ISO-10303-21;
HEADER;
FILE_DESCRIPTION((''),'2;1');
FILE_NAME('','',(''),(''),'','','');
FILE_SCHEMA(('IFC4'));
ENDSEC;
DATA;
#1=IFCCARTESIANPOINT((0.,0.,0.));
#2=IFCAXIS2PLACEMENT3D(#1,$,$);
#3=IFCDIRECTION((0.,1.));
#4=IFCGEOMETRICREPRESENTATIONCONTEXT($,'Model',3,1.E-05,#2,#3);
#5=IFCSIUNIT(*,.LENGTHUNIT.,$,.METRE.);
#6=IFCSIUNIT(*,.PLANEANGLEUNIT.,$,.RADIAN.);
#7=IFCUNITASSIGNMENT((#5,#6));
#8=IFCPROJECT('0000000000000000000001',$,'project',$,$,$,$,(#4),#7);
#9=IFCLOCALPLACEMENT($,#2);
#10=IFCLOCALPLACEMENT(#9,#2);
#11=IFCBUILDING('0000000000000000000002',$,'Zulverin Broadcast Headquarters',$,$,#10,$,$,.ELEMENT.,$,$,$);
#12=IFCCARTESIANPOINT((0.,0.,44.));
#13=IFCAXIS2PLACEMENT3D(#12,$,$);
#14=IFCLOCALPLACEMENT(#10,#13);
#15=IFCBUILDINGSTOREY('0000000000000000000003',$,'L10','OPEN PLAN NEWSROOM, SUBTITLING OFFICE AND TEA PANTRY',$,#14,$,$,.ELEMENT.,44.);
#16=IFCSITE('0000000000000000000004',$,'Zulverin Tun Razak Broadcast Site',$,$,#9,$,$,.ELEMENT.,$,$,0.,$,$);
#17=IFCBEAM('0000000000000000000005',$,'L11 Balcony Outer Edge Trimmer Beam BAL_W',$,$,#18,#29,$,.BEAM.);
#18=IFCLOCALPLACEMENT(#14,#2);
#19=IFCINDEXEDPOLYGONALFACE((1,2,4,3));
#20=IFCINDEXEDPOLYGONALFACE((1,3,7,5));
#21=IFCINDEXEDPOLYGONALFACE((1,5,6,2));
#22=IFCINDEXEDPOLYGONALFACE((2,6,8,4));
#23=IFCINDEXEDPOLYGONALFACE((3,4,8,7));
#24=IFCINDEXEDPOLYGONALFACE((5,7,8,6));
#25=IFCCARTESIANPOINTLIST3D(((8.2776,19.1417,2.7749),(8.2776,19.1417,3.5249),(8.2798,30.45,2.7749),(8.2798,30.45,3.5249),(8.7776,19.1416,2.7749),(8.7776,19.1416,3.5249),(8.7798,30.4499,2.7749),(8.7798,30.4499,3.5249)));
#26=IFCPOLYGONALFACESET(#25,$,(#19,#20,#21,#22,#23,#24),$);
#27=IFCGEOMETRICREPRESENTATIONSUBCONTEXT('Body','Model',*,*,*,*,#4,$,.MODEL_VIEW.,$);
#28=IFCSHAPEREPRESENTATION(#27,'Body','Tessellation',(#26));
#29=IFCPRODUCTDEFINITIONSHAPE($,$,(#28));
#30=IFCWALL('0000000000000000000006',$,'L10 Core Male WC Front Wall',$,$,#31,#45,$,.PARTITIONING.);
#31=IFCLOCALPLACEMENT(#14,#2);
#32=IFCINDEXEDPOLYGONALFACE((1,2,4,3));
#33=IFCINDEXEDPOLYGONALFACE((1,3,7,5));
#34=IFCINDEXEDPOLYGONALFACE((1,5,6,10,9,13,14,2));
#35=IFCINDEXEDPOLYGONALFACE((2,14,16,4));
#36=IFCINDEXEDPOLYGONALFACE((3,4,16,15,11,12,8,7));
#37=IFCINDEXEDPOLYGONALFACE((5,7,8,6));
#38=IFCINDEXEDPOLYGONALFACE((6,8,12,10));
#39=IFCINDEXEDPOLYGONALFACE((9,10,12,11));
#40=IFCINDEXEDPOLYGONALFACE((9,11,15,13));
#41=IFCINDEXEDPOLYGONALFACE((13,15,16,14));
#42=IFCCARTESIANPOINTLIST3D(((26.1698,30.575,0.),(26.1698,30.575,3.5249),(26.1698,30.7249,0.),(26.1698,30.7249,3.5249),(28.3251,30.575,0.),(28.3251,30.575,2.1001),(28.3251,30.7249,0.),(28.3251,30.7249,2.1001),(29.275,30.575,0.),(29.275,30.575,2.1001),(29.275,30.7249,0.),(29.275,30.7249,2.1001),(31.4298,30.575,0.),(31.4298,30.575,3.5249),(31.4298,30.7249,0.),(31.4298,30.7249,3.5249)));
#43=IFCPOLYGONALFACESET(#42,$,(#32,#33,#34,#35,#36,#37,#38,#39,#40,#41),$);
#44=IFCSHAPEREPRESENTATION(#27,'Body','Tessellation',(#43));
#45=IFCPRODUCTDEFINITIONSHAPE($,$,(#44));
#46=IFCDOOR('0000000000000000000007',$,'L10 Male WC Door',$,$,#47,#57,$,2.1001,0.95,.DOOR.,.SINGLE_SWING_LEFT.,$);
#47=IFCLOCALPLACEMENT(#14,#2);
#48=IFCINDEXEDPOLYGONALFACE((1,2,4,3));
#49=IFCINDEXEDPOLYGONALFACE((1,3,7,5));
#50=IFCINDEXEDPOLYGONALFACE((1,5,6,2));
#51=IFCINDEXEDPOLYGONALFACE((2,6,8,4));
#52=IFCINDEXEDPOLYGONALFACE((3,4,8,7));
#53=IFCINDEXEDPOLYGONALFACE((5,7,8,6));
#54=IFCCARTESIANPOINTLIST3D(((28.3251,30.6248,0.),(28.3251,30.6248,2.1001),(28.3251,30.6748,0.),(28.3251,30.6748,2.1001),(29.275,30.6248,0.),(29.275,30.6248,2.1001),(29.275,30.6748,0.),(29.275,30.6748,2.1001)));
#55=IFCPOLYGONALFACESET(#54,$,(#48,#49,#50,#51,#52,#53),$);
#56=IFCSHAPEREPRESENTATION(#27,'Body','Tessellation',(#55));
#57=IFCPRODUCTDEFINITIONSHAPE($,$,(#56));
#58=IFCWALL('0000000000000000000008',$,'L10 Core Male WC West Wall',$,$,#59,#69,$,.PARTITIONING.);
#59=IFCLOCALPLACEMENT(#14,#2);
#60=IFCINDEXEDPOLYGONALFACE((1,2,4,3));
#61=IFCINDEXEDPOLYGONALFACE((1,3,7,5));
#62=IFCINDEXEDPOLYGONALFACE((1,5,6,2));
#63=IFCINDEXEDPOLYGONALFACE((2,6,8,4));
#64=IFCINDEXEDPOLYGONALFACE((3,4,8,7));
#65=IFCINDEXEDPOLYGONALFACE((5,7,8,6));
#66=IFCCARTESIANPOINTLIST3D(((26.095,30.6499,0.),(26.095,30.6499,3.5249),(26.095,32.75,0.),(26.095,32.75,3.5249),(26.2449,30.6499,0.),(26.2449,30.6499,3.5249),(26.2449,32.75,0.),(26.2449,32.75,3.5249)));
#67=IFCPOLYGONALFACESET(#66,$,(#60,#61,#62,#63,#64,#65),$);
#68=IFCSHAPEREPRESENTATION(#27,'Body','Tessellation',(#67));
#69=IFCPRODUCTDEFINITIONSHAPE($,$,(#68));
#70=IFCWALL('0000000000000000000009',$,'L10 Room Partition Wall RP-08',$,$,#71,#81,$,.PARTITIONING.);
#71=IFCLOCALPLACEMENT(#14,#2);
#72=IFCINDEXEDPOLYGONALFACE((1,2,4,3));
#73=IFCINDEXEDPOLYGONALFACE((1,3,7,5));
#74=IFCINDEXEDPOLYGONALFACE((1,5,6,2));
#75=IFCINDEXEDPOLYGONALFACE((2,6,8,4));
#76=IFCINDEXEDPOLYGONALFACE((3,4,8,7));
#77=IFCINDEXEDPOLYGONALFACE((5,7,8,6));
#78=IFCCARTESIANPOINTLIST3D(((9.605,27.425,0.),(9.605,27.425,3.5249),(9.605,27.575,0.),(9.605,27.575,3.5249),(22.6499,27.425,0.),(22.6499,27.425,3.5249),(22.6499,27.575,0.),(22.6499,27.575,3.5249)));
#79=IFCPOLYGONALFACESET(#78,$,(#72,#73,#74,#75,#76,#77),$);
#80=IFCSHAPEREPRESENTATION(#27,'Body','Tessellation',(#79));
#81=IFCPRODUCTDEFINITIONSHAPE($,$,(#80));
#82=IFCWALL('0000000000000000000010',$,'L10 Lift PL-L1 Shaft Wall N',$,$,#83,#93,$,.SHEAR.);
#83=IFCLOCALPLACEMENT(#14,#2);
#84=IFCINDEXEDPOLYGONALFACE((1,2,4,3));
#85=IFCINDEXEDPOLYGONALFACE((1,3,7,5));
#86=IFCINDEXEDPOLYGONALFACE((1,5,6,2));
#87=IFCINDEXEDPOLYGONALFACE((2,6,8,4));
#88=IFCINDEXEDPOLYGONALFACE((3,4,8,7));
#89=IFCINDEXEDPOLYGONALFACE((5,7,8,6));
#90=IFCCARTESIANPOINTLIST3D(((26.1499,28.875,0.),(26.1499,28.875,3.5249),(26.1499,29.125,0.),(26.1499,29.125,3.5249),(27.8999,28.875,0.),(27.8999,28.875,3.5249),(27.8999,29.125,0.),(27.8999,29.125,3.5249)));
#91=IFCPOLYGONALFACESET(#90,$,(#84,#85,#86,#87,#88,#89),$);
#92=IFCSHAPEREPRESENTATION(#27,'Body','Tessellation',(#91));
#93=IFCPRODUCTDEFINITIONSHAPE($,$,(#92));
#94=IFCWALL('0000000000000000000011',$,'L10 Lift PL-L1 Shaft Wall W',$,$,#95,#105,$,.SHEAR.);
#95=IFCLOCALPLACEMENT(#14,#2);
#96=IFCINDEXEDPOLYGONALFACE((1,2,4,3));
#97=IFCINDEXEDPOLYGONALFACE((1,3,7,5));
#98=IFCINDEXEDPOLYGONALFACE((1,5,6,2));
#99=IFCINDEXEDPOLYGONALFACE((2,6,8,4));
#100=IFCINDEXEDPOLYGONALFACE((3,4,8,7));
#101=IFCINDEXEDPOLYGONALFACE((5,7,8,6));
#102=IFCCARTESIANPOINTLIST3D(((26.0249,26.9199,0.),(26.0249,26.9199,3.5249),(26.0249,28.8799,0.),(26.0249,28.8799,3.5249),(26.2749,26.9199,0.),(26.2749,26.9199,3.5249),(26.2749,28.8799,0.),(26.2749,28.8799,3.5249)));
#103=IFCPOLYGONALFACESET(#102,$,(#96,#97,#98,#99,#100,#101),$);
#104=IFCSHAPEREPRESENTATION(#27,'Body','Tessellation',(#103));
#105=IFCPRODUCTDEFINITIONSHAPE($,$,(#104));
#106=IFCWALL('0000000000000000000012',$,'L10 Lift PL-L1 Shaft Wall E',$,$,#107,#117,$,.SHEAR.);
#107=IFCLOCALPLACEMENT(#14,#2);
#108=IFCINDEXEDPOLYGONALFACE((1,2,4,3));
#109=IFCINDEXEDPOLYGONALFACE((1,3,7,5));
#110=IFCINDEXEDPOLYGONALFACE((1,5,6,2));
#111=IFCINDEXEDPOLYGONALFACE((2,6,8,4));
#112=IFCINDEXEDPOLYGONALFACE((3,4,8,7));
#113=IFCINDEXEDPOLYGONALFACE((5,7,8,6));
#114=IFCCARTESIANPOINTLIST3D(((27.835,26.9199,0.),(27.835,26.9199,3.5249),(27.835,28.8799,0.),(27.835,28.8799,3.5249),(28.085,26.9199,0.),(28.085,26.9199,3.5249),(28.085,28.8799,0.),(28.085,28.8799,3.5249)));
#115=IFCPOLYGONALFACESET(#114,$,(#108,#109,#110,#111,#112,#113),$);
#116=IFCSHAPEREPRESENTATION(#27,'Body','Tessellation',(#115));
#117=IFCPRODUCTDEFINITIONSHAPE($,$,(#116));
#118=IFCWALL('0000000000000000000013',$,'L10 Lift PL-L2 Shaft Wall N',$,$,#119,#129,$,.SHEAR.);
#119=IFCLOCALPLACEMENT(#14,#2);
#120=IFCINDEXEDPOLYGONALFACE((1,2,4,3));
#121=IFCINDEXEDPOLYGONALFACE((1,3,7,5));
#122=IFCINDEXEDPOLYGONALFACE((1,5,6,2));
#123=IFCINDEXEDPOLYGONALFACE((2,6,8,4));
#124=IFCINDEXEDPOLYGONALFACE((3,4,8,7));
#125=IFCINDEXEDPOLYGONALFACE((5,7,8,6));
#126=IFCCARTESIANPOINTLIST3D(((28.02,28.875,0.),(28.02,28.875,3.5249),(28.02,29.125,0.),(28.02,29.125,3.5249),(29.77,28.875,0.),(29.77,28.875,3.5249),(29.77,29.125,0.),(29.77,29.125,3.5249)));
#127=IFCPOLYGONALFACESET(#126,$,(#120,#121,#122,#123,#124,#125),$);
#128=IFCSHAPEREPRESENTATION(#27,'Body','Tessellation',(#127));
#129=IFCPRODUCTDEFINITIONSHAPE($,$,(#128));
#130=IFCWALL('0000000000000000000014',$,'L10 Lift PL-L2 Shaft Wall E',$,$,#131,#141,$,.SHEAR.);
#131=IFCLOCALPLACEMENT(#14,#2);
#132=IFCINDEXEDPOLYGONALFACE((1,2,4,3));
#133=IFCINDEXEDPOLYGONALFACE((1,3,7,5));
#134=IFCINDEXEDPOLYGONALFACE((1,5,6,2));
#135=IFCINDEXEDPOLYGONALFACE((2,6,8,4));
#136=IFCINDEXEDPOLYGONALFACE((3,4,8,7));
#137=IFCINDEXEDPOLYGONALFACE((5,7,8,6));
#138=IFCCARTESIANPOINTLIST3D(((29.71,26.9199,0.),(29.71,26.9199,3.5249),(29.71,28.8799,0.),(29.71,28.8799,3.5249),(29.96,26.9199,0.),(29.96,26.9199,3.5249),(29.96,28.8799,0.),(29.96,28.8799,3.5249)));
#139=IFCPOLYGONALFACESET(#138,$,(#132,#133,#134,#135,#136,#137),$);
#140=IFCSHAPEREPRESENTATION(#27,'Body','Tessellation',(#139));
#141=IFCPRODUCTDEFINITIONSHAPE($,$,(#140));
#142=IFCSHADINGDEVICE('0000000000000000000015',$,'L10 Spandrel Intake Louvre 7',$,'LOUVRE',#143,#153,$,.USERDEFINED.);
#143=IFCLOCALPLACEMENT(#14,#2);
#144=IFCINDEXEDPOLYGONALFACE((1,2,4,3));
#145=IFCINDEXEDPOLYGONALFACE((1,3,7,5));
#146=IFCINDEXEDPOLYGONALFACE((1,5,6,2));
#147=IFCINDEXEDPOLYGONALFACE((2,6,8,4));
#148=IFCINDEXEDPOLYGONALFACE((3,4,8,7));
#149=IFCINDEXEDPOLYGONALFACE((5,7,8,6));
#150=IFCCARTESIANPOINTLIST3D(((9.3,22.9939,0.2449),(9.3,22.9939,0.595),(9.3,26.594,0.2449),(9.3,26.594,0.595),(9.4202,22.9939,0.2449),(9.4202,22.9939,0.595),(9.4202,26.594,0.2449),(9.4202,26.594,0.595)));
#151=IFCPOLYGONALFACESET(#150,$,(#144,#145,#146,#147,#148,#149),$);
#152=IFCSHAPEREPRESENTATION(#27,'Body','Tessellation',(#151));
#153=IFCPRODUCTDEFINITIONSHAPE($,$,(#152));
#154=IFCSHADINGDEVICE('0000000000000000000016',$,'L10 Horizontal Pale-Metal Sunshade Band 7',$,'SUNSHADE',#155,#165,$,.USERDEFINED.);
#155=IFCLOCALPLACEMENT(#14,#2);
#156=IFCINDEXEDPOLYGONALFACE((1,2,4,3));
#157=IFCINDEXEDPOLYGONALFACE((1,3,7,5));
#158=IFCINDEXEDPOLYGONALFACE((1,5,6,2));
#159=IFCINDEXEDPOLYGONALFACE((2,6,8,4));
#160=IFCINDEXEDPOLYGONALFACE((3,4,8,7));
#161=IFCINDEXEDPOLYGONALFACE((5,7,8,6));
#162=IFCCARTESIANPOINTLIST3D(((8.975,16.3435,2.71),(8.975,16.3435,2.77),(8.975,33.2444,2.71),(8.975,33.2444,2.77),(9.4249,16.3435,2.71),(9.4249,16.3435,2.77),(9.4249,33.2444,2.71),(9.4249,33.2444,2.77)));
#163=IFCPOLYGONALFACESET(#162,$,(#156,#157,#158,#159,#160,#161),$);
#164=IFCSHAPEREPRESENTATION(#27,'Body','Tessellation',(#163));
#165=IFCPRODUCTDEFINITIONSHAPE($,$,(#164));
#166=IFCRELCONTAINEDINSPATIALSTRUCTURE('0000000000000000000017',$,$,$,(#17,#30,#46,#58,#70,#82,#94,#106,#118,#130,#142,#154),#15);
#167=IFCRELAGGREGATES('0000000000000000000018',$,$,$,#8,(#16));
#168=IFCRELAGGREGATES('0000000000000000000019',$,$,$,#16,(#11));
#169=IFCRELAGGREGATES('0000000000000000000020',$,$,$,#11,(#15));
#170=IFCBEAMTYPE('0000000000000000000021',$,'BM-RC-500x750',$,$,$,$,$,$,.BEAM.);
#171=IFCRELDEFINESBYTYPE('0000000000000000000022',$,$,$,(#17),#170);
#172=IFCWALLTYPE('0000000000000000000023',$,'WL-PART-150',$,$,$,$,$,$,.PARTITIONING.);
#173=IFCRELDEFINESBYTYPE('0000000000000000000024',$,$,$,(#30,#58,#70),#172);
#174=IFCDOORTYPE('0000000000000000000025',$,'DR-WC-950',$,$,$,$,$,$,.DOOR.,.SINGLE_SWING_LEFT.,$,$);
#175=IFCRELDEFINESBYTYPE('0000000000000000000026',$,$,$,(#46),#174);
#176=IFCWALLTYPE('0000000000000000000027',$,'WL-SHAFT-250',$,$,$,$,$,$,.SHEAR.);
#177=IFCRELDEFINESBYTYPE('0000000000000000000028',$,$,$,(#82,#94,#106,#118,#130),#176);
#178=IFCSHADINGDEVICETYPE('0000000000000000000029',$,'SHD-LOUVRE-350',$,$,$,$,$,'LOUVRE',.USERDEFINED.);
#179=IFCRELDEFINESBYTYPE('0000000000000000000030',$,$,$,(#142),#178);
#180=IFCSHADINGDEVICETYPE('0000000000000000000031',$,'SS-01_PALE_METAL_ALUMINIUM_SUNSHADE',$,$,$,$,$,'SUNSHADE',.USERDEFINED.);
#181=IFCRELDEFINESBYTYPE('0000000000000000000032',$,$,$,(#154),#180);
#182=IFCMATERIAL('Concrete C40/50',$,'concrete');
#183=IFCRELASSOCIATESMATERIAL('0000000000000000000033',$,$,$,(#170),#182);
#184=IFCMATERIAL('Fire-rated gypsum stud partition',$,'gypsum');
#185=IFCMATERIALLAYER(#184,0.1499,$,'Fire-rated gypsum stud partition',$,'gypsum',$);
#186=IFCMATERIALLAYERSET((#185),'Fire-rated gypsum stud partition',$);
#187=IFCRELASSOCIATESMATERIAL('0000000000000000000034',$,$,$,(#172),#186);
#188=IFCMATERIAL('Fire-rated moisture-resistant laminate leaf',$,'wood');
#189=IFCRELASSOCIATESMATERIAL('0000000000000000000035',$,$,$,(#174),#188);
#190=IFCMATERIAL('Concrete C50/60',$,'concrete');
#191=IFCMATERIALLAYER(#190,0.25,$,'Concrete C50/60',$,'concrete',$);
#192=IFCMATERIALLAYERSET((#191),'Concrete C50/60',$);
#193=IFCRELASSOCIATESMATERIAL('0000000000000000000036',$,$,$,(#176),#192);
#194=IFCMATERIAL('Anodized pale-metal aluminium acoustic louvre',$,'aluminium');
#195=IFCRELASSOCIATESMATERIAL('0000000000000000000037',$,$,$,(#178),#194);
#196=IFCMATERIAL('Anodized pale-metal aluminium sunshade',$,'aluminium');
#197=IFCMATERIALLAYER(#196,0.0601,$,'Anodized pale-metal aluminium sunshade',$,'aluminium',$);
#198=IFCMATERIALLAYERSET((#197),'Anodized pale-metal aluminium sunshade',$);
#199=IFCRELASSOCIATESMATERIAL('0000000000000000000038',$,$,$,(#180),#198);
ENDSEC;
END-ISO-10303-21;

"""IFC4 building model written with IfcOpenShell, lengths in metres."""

from ifc_helpers import new_model, si_unit, direction, frame, frame_2d, origin, origin_2d, place, context, subcontext, project, spatial, rectangle, extrude, material, layer, layer_set, material_profile, profile_set, type_object, element, fill, save


model = new_model("IFC4")

# Units and contexts
model_context = context("Model", 3, precision=1e-05, world=origin(), true_north=direction((0.0, 1.0)))
body_context = subcontext(model_context, "Body", "Model", "MODEL_VIEW")
ifc_project = project(units=[si_unit("LENGTHUNIT", "METRE"), si_unit("PLANEANGLEUNIT", "RADIAN")], contexts=[model_context])

# Site, building, storey
site_placement = place(None, origin())
site = spatial("IfcSite", under=ifc_project, at=site_placement, Name="Zulverin Tun Razak Broadcast Site", CompositionType="ELEMENT", RefElevation=0.0)
building_placement = place(site_placement, origin())
building = spatial("IfcBuilding", under=site, at=building_placement, Name="Zulverin Broadcast Headquarters", CompositionType="ELEMENT")
storey_placement = place(building_placement, frame((0.0, 0.0, 44.0)))
storey = spatial("IfcBuildingStorey", under=building, at=storey_placement, Name="L10", Description="OPEN PLAN NEWSROOM, SUBTITLING OFFICE AND TEA PANTRY", CompositionType="ELEMENT", Elevation=44.0)

# Beam
ifc_material_1 = material(Name="Concrete C40/50", Category="concrete")
ifc_material_profile = material_profile(ifc_material_1, rectangle(XDim=0.5, YDim=0.75, at=origin_2d()), Name="Concrete C40/50", Category="concrete")
ifc_profile_set = profile_set([ifc_material_profile], Name="Concrete C40/50")
beam_type = type_object("IfcBeamType", Name="BM-RC-500x750", PredefinedType="BEAM", material=ifc_profile_set)
beam_placement = place(storey_placement, frame((8.5298, 30.45, 3.1499), z_axis=(-0.000194, -1.0, 0.0), x_axis=(1.0, -0.000194, 0.0)))
element("IfcBeam", 1, at=beam_placement, inside=storey, type_object=beam_type, Name="L11 Balcony Outer Edge Trimmer Beam BAL_W", PredefinedType="BEAM", context=body_context, shape_type="SweptSolid", body=[
    extrude(rectangle(XDim=0.5, YDim=0.75, at=origin_2d()), origin(), (0.0, 0.0, 1.0), 11.3083),
])

# Wall, opening, door
ifc_material_2 = material(Name="Fire-rated gypsum stud partition", Category="gypsum")
ifc_layer_1 = layer(ifc_material_2, 0.1499, Name="Fire-rated gypsum stud partition", Category="gypsum")
ifc_layer_set_1 = layer_set([ifc_layer_1], Name="Fire-rated gypsum stud partition")
wall_type_1 = type_object("IfcWallType", Name="WL-PART-150", PredefinedType="PARTITIONING", material=ifc_layer_set_1)
wall_1_placement = place(storey_placement, frame((26.1699, 30.6499, 0.0), z_axis=(0.0, 0.0, 1.0), x_axis=(1.0, 0.0, 0.0)))
wall_1 = element("IfcWall", 2, at=wall_1_placement, inside=storey, type_object=wall_type_1, Name="L10 Core Male WC Front Wall", PredefinedType="PARTITIONING", context=body_context, shape_type="SweptSolid", body=[
    extrude(rectangle(XDim=5.26, YDim=0.1499, at=frame_2d((2.6299, 0.0))), origin(), (0.0, 0.0, 1.0), 3.5249),
])
opening_1_placement = place(wall_1_placement, frame((2.155, 0.0, 0.0)))
opening_1 = element("IfcOpeningElement", 3, at=opening_1_placement, cuts=wall_1, PredefinedType="OPENING", context=body_context, shape_type="SweptSolid", body=[
    extrude(rectangle(XDim=0.95, YDim=2.1001, at=frame_2d((0.4751, 1.05))), frame((0.0, 0.085, 0.0), z_axis=(0.0, -1.0, 0.0), x_axis=(1.0, 0.0, 0.0)), (0.0, 0.0, 1.0), 0.1699),
])
ifc_material_3 = material(Name="Fire-rated moisture-resistant laminate leaf", Category="wood")
door_type_1 = type_object("IfcDoorType", Name="DR-WC-950", OperationType="SINGLE_SWING_LEFT", PredefinedType="DOOR", material=ifc_material_3)
door_1_placement = place(opening_1_placement, origin())
door_1 = element("IfcDoor", 4, at=door_1_placement, inside=storey, type_object=door_type_1, Name="L10 Male WC Door", OperationType="SINGLE_SWING_LEFT", OverallHeight=2.1001, OverallWidth=0.95, PredefinedType="DOOR", context=body_context, shape_type="SweptSolid", body=[
    extrude(rectangle(XDim=0.95, YDim=2.1001, at=frame_2d((0.4751, 1.05))), frame((0.0, 0.0249, 0.0), z_axis=(0.0, -1.0, 0.0), x_axis=(1.0, 0.0, 0.0)), (0.0, 0.0, 1.0), 0.05),
])
fill(opening_1, door_1)

# Walls
wall_2_placement = place(storey_placement, frame((26.1699, 30.6499, 0.0), z_axis=(0.0, 0.0, 1.0), x_axis=(0.0, 1.0, 0.0)))
element("IfcWall", 5, at=wall_2_placement, inside=storey, type_object=wall_type_1, Name="L10 Core Male WC West Wall", PredefinedType="PARTITIONING", context=body_context, shape_type="SweptSolid", body=[
    extrude(rectangle(XDim=2.1001, YDim=0.1499, at=frame_2d((1.05, 0.0))), origin(), (0.0, 0.0, 1.0), 3.5249),
])
wall_3_placement = place(storey_placement, frame((9.605, 27.5, 0.0), z_axis=(0.0, 0.0, 1.0), x_axis=(1.0, 0.0, 0.0)))
element("IfcWall", 6, at=wall_3_placement, inside=storey, type_object=wall_type_1, Name="L10 Room Partition Wall RP-08", PredefinedType="PARTITIONING", context=body_context, shape_type="SweptSolid", body=[
    extrude(rectangle(XDim=13.0449, YDim=0.1499, at=frame_2d((6.5225, 0.0))), origin(), (0.0, 0.0, 1.0), 3.5249),
])

# Shared definitions
ifc_material_4 = material(Name="Concrete C50/60", Category="concrete")
ifc_layer_2 = layer(ifc_material_4, 0.25, Name="Concrete C50/60", Category="concrete")
ifc_layer_set_2 = layer_set([ifc_layer_2], Name="Concrete C50/60")
wall_type_2 = type_object("IfcWallType", Name="WL-SHAFT-250", PredefinedType="SHEAR", material=ifc_layer_set_2)

# Walls
wall_4_placement = place(storey_placement, frame((26.1499, 29.0, 0.0), z_axis=(0.0, 0.0, 1.0), x_axis=(1.0, 0.0, 0.0)))
element("IfcWall", 7, at=wall_4_placement, inside=storey, type_object=wall_type_2, Name="L10 Lift PL-L1 Shaft Wall N", PredefinedType="SHEAR", context=body_context, shape_type="SweptSolid", body=[
    extrude(rectangle(XDim=1.75, YDim=0.25, at=frame_2d((0.875, 0.0))), origin(), (0.0, 0.0, 1.0), 3.5249),
])
for number, where, z_axis, x_axis, name in (
    (8, (26.1499, 26.9199, 0.0), (0.0, 0.0, 1.0), (0.0, 1.0, 0.0), "L10 Lift PL-L1 Shaft Wall W"),
    (9, (27.96, 26.9199, 0.0), (0.0, 0.0, 1.0), (0.0, 1.0, 0.0), "L10 Lift PL-L1 Shaft Wall E"),
):
    element("IfcWall", number, at=place(storey_placement, frame(where, z_axis=z_axis, x_axis=x_axis)), inside=storey, type_object=wall_type_2, Name=name, PredefinedType="SHEAR", context=body_context, shape_type="SweptSolid", body=[
        extrude(rectangle(XDim=1.96, YDim=0.25, at=frame_2d((0.98, 0.0))), origin(), (0.0, 0.0, 1.0), 3.5249),
    ])

# Walls
wall_5_placement = place(storey_placement, frame((28.02, 29.0, 0.0), z_axis=(0.0, 0.0, 1.0), x_axis=(1.0, 0.0, 0.0)))
element("IfcWall", 10, at=wall_5_placement, inside=storey, type_object=wall_type_2, Name="L10 Lift PL-L2 Shaft Wall N", PredefinedType="SHEAR", context=body_context, shape_type="SweptSolid", body=[
    extrude(rectangle(XDim=1.75, YDim=0.25, at=frame_2d((0.875, 0.0))), origin(), (0.0, 0.0, 1.0), 3.5249),
])
wall_6_placement = place(storey_placement, frame((29.835, 26.9199, 0.0), z_axis=(0.0, 0.0, 1.0), x_axis=(0.0, 1.0, 0.0)))
element("IfcWall", 11, at=wall_6_placement, inside=storey, type_object=wall_type_2, Name="L10 Lift PL-L2 Shaft Wall E", PredefinedType="SHEAR", context=body_context, shape_type="SweptSolid", body=[
    extrude(rectangle(XDim=1.96, YDim=0.25, at=frame_2d((0.98, 0.0))), origin(), (0.0, 0.0, 1.0), 3.5249),
])

# Shading devices
ifc_material_5 = material(Name="Anodized pale-metal aluminium acoustic louvre", Category="aluminium")
shading_device_type_1 = type_object("IfcShadingDeviceType", Name="SHD-LOUVRE-350", ElementType="LOUVRE", PredefinedType="USERDEFINED", material=ifc_material_5)
shading_device_1_placement = place(storey_placement, frame((9.3601, 24.7939, 0.2449), z_axis=(0.0, 0.0, 1.0), x_axis=(0.0, -1.0, 0.0)))
element("IfcShadingDevice", 12, at=shading_device_1_placement, inside=storey, type_object=shading_device_type_1, Name="L10 Spandrel Intake Louvre 7", ObjectType="LOUVRE", PredefinedType="USERDEFINED", context=body_context, shape_type="SweptSolid", body=[
    extrude(rectangle(XDim=3.6001, YDim=0.1201, at=origin_2d()), origin(), (0.0, 0.0, 1.0), 0.3501),
])
ifc_material_6 = material(Name="Anodized pale-metal aluminium sunshade", Category="aluminium")
ifc_layer_3 = layer(ifc_material_6, 0.0601, Name="Anodized pale-metal aluminium sunshade", Category="aluminium")
ifc_layer_set_3 = layer_set([ifc_layer_3], Name="Anodized pale-metal aluminium sunshade")
shading_device_type_2 = type_object("IfcShadingDeviceType", Name="SS-01_PALE_METAL_ALUMINIUM_SUNSHADE", ElementType="SUNSHADE", PredefinedType="USERDEFINED", material=ifc_layer_set_3)
shading_device_2_placement = place(storey_placement, frame((9.2, 24.7939, 2.71), z_axis=(0.0, 0.0, 1.0), x_axis=(0.0, -1.0, 0.0)))
element("IfcShadingDevice", 13, at=shading_device_2_placement, inside=storey, type_object=shading_device_type_2, Name="L10 Horizontal Pale-Metal Sunshade Band 7", ObjectType="SUNSHADE", PredefinedType="USERDEFINED", context=body_context, shape_type="SweptSolid", body=[
    extrude(rectangle(XDim=16.9009, YDim=0.45, at=origin_2d()), origin(), (0.0, 0.0, 1.0), 0.0601),
])

save(model, "model.ifc")
